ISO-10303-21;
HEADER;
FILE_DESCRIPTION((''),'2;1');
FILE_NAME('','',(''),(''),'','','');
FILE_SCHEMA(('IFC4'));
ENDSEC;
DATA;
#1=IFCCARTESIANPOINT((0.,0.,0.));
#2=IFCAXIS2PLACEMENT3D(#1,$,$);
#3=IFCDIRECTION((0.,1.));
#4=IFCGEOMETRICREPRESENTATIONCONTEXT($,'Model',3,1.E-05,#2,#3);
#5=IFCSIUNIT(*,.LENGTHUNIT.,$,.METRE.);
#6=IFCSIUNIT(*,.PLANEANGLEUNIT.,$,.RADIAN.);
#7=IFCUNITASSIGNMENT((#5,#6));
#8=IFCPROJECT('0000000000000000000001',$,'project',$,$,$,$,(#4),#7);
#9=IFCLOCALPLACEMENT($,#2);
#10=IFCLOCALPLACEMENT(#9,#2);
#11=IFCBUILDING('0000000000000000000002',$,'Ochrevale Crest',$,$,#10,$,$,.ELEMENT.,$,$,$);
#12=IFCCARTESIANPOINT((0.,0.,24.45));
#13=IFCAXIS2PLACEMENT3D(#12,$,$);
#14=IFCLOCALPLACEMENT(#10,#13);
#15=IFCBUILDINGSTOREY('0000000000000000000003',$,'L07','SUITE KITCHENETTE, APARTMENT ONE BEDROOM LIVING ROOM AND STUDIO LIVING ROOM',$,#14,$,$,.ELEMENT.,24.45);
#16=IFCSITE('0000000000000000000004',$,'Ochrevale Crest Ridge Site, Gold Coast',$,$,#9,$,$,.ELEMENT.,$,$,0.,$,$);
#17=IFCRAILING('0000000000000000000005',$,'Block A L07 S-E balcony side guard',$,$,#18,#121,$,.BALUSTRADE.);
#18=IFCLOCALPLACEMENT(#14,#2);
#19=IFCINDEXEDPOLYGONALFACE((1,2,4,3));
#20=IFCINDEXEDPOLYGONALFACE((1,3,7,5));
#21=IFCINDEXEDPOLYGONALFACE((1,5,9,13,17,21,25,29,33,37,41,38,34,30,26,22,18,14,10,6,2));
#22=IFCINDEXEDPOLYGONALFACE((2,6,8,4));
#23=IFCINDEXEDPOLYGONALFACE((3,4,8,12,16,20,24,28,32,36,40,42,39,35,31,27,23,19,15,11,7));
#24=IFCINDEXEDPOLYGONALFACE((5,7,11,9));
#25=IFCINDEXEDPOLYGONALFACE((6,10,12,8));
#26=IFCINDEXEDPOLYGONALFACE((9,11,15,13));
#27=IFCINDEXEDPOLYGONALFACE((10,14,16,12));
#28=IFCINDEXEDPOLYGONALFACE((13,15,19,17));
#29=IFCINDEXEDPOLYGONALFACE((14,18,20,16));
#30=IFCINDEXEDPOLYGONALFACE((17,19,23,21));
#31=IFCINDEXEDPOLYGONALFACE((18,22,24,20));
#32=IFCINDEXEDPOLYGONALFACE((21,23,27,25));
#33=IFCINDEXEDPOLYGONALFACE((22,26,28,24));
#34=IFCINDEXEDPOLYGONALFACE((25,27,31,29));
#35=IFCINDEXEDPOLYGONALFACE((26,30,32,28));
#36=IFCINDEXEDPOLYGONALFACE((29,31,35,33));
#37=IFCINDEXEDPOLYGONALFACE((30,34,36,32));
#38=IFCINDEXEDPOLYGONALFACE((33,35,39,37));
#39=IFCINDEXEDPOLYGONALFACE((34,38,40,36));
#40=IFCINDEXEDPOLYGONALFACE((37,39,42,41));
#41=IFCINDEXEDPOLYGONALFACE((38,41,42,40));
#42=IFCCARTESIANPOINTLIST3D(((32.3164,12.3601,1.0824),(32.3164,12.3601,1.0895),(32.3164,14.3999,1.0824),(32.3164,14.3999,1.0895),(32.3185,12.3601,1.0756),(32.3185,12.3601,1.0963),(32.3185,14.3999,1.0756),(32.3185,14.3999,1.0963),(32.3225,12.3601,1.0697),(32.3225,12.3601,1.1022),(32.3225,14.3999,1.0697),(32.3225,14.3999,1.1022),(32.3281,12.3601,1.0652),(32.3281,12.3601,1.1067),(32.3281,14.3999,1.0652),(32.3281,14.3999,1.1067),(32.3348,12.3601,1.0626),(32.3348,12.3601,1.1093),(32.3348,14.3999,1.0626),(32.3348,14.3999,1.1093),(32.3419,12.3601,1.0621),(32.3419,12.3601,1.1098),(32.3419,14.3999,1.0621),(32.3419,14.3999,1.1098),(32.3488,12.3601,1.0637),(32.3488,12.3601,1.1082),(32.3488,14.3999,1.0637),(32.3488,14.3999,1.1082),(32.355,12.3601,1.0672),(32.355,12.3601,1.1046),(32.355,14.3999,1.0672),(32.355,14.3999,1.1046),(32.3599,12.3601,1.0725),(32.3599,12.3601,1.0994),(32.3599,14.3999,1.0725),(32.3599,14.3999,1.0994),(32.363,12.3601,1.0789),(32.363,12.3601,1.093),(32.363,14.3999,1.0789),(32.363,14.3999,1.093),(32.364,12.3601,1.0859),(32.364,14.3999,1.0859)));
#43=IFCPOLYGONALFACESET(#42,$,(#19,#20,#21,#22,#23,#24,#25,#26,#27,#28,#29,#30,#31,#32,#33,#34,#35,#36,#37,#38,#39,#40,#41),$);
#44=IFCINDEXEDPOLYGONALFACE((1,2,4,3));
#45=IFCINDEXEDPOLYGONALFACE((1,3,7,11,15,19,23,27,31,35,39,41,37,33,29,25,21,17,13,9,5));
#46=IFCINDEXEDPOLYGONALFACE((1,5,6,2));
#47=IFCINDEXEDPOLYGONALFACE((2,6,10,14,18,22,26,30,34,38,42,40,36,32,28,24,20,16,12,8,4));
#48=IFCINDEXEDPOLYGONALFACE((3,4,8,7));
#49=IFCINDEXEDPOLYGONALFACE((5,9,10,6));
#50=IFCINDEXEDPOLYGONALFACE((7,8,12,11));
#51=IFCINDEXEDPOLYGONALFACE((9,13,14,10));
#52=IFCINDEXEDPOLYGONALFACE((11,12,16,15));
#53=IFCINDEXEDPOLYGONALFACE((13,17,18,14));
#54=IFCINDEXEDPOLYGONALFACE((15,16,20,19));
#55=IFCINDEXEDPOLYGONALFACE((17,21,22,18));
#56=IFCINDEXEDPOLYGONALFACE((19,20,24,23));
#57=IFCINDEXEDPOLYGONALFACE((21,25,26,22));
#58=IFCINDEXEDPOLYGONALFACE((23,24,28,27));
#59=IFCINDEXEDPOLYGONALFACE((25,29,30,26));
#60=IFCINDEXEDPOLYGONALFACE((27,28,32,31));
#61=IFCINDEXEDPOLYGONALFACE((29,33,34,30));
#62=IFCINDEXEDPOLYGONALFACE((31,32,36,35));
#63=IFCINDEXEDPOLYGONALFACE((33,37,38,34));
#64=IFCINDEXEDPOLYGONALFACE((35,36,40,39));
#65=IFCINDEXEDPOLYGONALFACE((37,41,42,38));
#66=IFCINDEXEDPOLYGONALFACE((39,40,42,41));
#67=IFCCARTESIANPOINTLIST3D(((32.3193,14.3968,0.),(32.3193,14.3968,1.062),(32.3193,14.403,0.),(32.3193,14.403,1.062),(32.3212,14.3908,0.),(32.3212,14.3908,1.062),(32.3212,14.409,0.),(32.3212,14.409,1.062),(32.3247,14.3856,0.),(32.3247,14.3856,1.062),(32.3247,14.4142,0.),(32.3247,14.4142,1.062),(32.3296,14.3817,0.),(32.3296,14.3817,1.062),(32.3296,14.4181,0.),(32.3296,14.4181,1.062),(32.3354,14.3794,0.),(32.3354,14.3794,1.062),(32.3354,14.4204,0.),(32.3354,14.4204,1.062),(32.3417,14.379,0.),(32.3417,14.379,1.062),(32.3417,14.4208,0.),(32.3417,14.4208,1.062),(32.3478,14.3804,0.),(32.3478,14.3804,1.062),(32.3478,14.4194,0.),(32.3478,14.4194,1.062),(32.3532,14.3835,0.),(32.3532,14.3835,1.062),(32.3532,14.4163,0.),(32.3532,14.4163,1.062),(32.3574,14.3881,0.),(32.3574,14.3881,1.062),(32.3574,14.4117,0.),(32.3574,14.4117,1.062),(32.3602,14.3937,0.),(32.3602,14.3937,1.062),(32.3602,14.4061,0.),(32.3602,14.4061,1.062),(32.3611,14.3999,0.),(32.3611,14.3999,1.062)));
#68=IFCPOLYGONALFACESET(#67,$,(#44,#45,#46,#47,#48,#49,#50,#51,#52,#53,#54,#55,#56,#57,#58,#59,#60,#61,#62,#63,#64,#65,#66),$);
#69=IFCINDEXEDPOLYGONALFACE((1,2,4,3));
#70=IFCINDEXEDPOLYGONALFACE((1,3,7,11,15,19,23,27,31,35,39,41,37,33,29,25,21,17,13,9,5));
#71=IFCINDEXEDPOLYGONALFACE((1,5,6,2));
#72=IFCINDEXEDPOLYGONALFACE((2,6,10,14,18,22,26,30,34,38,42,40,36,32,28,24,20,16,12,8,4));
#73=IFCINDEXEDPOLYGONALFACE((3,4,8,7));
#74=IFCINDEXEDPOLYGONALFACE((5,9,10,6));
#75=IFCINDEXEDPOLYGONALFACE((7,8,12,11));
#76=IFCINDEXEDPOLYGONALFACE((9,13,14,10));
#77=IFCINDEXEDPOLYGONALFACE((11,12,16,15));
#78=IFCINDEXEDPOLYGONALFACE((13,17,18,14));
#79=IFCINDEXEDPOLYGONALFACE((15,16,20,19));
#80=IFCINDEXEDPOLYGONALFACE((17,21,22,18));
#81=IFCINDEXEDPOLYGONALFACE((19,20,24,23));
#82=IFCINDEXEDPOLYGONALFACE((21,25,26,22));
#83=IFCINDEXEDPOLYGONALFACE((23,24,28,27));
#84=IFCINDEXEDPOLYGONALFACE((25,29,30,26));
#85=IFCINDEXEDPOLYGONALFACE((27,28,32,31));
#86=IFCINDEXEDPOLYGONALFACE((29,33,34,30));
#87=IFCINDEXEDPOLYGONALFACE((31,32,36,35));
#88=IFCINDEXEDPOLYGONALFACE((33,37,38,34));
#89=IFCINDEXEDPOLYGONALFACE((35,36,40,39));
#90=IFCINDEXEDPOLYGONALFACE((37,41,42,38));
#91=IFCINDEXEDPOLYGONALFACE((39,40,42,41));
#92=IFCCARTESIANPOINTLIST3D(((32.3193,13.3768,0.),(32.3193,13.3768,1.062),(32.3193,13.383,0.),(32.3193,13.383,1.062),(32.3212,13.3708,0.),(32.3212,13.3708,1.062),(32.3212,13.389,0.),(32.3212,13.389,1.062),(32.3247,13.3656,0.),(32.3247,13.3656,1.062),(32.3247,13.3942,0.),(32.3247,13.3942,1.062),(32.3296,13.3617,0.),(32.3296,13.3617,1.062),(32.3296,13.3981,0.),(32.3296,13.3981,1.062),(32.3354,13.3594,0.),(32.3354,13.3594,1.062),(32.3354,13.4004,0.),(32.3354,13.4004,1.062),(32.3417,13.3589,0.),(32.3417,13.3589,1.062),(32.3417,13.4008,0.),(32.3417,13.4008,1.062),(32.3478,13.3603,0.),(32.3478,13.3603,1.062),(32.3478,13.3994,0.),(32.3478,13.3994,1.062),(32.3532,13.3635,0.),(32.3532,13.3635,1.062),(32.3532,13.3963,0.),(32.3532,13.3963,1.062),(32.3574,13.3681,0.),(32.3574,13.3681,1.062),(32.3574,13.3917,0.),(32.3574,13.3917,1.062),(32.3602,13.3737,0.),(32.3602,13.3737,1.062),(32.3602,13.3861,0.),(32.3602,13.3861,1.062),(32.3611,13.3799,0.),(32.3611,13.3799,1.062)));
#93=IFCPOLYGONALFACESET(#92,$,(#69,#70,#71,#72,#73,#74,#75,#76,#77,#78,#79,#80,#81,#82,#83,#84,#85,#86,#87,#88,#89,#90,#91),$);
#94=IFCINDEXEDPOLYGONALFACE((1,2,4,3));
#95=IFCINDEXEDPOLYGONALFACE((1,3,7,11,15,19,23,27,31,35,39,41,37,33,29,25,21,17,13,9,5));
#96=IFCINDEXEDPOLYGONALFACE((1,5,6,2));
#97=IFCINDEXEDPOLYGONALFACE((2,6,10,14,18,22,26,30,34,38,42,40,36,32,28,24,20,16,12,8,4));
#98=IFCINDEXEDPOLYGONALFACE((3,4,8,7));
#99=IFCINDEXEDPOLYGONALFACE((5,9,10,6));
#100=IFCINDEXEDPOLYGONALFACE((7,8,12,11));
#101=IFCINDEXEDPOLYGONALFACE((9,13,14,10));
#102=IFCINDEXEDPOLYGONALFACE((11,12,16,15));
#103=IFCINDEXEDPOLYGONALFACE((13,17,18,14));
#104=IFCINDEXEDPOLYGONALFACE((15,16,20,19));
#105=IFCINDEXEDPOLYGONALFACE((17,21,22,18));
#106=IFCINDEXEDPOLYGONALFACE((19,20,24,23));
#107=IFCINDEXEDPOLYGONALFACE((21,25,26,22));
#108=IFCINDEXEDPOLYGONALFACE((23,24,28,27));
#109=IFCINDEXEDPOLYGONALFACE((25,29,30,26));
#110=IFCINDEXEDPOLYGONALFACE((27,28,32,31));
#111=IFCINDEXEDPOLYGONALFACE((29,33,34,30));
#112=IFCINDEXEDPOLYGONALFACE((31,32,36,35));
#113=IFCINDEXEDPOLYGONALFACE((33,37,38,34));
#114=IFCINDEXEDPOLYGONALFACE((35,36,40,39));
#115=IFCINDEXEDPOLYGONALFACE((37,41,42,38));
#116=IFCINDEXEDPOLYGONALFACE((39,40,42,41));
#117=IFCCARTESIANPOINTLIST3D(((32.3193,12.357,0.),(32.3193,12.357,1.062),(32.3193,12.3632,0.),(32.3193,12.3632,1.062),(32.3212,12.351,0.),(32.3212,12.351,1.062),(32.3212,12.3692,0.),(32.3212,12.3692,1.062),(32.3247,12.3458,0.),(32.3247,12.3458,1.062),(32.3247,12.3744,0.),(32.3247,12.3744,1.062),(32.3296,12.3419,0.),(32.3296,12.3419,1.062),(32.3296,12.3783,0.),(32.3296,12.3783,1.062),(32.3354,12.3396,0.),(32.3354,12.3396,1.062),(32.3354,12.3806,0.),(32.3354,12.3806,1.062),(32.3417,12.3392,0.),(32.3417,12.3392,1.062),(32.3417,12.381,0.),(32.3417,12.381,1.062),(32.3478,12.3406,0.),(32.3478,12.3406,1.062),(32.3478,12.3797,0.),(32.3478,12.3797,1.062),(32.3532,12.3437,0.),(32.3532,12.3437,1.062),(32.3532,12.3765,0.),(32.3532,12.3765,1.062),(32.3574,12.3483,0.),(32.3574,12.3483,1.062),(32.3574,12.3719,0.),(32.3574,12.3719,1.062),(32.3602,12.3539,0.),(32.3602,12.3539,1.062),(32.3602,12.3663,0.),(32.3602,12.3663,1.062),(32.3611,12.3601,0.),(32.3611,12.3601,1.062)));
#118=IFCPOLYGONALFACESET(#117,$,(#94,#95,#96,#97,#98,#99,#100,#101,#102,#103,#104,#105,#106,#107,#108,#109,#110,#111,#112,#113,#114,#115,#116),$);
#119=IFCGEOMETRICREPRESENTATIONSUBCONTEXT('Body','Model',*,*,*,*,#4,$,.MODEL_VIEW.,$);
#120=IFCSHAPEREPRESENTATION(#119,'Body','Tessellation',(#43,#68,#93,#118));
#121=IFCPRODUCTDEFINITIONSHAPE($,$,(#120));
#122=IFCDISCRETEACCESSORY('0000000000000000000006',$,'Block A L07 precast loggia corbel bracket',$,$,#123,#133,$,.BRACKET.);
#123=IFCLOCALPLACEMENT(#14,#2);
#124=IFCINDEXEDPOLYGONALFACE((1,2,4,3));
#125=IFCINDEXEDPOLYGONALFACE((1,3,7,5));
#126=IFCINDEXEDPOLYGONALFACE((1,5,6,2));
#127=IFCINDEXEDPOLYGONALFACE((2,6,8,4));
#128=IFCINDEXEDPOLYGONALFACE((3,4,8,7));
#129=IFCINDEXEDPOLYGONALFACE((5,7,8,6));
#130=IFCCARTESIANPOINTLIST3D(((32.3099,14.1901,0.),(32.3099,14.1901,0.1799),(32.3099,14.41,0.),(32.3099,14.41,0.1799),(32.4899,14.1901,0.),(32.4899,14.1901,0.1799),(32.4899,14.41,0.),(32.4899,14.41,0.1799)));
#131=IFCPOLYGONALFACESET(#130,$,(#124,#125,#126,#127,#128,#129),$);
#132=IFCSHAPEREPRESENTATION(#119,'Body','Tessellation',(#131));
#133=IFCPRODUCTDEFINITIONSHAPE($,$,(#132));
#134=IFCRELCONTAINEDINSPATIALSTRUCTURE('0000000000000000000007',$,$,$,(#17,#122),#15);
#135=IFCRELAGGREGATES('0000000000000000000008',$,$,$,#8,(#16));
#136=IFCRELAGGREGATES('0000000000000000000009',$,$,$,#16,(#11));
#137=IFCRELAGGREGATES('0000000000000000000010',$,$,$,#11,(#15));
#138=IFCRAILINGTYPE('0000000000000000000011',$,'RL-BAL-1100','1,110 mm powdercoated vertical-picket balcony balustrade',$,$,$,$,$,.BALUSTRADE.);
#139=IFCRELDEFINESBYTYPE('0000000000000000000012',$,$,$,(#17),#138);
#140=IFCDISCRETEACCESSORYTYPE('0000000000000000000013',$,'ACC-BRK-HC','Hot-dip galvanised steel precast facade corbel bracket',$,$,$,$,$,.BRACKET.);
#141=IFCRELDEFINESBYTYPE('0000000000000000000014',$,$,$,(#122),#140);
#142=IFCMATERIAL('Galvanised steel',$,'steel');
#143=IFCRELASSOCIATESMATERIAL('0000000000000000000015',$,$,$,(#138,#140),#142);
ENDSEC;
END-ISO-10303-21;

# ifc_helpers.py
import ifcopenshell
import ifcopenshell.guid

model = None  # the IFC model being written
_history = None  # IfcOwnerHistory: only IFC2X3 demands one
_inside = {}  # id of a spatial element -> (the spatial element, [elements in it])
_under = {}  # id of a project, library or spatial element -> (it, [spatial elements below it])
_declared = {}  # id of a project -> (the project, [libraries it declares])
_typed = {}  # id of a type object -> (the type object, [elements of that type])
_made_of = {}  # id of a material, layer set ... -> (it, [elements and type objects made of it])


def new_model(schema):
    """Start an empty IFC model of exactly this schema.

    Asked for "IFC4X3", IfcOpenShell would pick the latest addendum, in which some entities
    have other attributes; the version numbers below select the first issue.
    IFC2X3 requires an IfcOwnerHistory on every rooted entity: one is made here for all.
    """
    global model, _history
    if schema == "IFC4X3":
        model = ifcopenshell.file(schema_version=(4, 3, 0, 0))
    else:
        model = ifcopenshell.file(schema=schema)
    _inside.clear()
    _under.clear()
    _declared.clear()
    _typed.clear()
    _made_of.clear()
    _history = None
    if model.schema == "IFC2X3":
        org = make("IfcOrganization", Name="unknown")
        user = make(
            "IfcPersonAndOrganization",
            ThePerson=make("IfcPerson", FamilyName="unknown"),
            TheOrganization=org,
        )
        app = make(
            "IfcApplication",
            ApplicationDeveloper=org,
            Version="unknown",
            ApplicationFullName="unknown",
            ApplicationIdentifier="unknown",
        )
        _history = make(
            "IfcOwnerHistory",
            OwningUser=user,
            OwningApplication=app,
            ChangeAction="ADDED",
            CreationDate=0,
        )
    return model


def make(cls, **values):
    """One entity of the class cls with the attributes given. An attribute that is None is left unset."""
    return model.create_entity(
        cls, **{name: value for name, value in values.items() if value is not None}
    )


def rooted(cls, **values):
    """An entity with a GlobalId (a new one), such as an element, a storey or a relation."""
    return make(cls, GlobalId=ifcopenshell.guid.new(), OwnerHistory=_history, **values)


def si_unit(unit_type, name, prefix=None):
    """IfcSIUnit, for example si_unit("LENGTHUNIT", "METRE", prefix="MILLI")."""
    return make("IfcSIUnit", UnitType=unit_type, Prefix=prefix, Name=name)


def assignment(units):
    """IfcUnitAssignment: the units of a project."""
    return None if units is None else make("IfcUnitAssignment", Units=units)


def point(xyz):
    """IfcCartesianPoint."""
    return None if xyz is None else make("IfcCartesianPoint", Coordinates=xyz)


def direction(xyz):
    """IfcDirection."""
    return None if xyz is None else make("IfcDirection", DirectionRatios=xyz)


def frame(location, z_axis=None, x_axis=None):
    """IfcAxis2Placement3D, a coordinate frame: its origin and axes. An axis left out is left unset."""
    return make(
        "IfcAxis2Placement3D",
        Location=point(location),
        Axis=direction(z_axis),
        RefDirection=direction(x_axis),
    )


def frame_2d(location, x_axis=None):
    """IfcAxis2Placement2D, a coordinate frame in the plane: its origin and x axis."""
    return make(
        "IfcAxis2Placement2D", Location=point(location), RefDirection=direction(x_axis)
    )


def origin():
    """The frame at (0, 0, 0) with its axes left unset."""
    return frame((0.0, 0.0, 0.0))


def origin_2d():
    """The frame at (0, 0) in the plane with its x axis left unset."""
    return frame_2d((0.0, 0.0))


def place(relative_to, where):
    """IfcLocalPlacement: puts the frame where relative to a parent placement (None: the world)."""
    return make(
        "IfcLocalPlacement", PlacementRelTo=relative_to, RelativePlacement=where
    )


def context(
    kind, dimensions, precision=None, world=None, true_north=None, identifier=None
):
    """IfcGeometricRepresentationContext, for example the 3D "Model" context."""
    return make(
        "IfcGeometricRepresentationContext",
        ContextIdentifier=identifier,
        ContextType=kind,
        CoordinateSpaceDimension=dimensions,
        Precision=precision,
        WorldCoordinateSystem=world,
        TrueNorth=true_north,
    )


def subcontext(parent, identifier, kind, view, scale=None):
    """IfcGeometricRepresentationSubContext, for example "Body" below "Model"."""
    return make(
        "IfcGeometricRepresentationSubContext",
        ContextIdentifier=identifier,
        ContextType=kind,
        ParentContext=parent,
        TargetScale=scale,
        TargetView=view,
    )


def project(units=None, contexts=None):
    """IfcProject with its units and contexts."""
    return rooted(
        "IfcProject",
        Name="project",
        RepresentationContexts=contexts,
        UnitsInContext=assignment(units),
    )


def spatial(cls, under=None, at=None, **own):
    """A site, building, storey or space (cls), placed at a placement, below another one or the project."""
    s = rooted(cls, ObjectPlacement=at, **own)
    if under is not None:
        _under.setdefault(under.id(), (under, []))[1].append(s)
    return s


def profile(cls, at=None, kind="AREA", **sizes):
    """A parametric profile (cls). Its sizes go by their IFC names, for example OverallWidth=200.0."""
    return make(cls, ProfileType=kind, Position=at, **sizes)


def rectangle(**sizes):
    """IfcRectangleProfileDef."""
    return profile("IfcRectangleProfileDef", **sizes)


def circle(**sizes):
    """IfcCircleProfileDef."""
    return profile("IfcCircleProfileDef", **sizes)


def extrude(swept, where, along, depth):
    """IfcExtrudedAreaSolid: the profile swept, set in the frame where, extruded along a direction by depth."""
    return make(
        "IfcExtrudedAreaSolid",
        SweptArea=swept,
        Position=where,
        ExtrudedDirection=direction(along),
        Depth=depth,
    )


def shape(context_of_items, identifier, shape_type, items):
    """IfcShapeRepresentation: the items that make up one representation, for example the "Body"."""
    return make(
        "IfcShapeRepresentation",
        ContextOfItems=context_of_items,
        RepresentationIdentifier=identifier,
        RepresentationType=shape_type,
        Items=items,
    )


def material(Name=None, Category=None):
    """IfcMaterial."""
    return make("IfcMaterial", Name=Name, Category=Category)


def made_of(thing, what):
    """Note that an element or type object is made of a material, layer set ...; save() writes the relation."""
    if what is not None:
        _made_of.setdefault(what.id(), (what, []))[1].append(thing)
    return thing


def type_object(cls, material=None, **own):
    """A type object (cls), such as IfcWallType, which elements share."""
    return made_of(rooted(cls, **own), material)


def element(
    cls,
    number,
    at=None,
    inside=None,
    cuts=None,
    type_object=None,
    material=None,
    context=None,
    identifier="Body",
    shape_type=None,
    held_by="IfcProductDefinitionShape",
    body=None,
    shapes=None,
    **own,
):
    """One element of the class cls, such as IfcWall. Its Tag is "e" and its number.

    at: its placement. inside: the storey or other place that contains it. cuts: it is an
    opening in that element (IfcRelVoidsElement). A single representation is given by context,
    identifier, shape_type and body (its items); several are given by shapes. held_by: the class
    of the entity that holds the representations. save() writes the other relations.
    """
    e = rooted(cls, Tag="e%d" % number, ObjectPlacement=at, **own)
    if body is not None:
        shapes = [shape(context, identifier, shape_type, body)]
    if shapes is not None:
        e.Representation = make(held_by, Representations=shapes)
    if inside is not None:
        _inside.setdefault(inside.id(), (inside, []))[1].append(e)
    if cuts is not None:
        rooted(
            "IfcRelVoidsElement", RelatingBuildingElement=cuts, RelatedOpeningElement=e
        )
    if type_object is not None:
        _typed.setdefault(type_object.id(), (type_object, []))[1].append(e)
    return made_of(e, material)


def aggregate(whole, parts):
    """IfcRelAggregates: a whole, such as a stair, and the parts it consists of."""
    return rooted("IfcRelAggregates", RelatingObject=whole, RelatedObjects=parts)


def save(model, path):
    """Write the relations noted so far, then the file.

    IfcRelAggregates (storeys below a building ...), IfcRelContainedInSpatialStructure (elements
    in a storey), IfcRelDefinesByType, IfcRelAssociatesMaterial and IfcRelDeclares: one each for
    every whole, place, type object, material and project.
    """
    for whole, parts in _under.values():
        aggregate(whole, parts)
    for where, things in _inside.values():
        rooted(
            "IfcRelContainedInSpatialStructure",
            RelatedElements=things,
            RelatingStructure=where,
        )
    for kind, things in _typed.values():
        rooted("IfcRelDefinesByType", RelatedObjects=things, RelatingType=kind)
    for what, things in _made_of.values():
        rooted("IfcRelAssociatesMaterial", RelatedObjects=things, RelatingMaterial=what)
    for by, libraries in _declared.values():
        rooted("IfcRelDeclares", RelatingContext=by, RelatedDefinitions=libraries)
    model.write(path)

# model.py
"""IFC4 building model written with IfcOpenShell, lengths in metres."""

from ifc_helpers import new_model, si_unit, direction, frame, origin, origin_2d, place, context, subcontext, project, spatial, rectangle, circle, extrude, material, type_object, element, save


model = new_model("IFC4")

# Units and contexts
model_context = context("Model", 3, precision=1e-05, world=origin(), true_north=direction((0.0, 1.0)))
body_context = subcontext(model_context, "Body", "Model", "MODEL_VIEW")
ifc_project = project(units=[si_unit("LENGTHUNIT", "METRE"), si_unit("PLANEANGLEUNIT", "RADIAN")], contexts=[model_context])

# Site, building, storey
site_placement = place(None, origin())
site = spatial("IfcSite", under=ifc_project, at=site_placement, Name="Ochrevale Crest Ridge Site, Gold Coast", CompositionType="ELEMENT", RefElevation=0.0)
building_placement = place(site_placement, origin())
building = spatial("IfcBuilding", under=site, at=building_placement, Name="Ochrevale Crest", CompositionType="ELEMENT")
storey_placement = place(building_placement, frame((0.0, 0.0, 24.45)))
storey = spatial("IfcBuildingStorey", under=building, at=storey_placement, Name="L07", Description="SUITE KITCHENETTE, APARTMENT ONE BEDROOM LIVING ROOM AND STUDIO LIVING ROOM", CompositionType="ELEMENT", Elevation=24.45)

# Railing
ifc_material_1 = material(Name="Galvanised steel", Category="steel")
railing_type = type_object("IfcRailingType", Name="RL-BAL-1100", Description="1,110 mm powdercoated vertical-picket balcony balustrade", PredefinedType="BALUSTRADE", material=ifc_material_1)
railing_placement = place(storey_placement, frame((32.3401, 14.3999, 0.0)))
element("IfcRailing", 1, at=railing_placement, inside=storey, type_object=railing_type, Name="Block A L07 S-E balcony side guard", PredefinedType="BALUSTRADE", context=body_context, shape_type="SweptSolid", body=[
    extrude(circle(Radius=0.0239, at=origin_2d()), frame((0.0, 0.0, 1.0859), z_axis=(0.0, -1.0, 0.0), x_axis=(1.0, 0.0, 0.0)), (0.0, 0.0, 1.0), 2.0398),
    extrude(circle(Radius=0.021, at=origin_2d()), origin(), (0.0, 0.0, 1.0), 1.062),
    extrude(circle(Radius=0.021, at=origin_2d()), frame((0.0, -1.02, 0.0)), (0.0, 0.0, 1.0), 1.062),
    extrude(circle(Radius=0.021, at=origin_2d()), frame((0.0, -2.0398, 0.0)), (0.0, 0.0, 1.0), 1.062),
])

# Discrete accessory
discrete_accessory_type = type_object("IfcDiscreteAccessoryType", Name="ACC-BRK-HC", Description="Hot-dip galvanised steel precast facade corbel bracket", PredefinedType="BRACKET", material=ifc_material_1)
discrete_accessory_placement = place(storey_placement, frame((32.3999, 14.3, 0.0), z_axis=(0.0, 0.0, 1.0), x_axis=(1.0, 0.0, 0.0)))
element("IfcDiscreteAccessory", 2, at=discrete_accessory_placement, inside=storey, type_object=discrete_accessory_type, Name="Block A L07 precast loggia corbel bracket", PredefinedType="BRACKET", context=body_context, shape_type="SweptSolid", body=[
    extrude(rectangle(XDim=0.1799, YDim=0.22, at=origin_2d()), origin(), (0.0, 0.0, 1.0), 0.1799),
])

save(model, "model.ifc")
